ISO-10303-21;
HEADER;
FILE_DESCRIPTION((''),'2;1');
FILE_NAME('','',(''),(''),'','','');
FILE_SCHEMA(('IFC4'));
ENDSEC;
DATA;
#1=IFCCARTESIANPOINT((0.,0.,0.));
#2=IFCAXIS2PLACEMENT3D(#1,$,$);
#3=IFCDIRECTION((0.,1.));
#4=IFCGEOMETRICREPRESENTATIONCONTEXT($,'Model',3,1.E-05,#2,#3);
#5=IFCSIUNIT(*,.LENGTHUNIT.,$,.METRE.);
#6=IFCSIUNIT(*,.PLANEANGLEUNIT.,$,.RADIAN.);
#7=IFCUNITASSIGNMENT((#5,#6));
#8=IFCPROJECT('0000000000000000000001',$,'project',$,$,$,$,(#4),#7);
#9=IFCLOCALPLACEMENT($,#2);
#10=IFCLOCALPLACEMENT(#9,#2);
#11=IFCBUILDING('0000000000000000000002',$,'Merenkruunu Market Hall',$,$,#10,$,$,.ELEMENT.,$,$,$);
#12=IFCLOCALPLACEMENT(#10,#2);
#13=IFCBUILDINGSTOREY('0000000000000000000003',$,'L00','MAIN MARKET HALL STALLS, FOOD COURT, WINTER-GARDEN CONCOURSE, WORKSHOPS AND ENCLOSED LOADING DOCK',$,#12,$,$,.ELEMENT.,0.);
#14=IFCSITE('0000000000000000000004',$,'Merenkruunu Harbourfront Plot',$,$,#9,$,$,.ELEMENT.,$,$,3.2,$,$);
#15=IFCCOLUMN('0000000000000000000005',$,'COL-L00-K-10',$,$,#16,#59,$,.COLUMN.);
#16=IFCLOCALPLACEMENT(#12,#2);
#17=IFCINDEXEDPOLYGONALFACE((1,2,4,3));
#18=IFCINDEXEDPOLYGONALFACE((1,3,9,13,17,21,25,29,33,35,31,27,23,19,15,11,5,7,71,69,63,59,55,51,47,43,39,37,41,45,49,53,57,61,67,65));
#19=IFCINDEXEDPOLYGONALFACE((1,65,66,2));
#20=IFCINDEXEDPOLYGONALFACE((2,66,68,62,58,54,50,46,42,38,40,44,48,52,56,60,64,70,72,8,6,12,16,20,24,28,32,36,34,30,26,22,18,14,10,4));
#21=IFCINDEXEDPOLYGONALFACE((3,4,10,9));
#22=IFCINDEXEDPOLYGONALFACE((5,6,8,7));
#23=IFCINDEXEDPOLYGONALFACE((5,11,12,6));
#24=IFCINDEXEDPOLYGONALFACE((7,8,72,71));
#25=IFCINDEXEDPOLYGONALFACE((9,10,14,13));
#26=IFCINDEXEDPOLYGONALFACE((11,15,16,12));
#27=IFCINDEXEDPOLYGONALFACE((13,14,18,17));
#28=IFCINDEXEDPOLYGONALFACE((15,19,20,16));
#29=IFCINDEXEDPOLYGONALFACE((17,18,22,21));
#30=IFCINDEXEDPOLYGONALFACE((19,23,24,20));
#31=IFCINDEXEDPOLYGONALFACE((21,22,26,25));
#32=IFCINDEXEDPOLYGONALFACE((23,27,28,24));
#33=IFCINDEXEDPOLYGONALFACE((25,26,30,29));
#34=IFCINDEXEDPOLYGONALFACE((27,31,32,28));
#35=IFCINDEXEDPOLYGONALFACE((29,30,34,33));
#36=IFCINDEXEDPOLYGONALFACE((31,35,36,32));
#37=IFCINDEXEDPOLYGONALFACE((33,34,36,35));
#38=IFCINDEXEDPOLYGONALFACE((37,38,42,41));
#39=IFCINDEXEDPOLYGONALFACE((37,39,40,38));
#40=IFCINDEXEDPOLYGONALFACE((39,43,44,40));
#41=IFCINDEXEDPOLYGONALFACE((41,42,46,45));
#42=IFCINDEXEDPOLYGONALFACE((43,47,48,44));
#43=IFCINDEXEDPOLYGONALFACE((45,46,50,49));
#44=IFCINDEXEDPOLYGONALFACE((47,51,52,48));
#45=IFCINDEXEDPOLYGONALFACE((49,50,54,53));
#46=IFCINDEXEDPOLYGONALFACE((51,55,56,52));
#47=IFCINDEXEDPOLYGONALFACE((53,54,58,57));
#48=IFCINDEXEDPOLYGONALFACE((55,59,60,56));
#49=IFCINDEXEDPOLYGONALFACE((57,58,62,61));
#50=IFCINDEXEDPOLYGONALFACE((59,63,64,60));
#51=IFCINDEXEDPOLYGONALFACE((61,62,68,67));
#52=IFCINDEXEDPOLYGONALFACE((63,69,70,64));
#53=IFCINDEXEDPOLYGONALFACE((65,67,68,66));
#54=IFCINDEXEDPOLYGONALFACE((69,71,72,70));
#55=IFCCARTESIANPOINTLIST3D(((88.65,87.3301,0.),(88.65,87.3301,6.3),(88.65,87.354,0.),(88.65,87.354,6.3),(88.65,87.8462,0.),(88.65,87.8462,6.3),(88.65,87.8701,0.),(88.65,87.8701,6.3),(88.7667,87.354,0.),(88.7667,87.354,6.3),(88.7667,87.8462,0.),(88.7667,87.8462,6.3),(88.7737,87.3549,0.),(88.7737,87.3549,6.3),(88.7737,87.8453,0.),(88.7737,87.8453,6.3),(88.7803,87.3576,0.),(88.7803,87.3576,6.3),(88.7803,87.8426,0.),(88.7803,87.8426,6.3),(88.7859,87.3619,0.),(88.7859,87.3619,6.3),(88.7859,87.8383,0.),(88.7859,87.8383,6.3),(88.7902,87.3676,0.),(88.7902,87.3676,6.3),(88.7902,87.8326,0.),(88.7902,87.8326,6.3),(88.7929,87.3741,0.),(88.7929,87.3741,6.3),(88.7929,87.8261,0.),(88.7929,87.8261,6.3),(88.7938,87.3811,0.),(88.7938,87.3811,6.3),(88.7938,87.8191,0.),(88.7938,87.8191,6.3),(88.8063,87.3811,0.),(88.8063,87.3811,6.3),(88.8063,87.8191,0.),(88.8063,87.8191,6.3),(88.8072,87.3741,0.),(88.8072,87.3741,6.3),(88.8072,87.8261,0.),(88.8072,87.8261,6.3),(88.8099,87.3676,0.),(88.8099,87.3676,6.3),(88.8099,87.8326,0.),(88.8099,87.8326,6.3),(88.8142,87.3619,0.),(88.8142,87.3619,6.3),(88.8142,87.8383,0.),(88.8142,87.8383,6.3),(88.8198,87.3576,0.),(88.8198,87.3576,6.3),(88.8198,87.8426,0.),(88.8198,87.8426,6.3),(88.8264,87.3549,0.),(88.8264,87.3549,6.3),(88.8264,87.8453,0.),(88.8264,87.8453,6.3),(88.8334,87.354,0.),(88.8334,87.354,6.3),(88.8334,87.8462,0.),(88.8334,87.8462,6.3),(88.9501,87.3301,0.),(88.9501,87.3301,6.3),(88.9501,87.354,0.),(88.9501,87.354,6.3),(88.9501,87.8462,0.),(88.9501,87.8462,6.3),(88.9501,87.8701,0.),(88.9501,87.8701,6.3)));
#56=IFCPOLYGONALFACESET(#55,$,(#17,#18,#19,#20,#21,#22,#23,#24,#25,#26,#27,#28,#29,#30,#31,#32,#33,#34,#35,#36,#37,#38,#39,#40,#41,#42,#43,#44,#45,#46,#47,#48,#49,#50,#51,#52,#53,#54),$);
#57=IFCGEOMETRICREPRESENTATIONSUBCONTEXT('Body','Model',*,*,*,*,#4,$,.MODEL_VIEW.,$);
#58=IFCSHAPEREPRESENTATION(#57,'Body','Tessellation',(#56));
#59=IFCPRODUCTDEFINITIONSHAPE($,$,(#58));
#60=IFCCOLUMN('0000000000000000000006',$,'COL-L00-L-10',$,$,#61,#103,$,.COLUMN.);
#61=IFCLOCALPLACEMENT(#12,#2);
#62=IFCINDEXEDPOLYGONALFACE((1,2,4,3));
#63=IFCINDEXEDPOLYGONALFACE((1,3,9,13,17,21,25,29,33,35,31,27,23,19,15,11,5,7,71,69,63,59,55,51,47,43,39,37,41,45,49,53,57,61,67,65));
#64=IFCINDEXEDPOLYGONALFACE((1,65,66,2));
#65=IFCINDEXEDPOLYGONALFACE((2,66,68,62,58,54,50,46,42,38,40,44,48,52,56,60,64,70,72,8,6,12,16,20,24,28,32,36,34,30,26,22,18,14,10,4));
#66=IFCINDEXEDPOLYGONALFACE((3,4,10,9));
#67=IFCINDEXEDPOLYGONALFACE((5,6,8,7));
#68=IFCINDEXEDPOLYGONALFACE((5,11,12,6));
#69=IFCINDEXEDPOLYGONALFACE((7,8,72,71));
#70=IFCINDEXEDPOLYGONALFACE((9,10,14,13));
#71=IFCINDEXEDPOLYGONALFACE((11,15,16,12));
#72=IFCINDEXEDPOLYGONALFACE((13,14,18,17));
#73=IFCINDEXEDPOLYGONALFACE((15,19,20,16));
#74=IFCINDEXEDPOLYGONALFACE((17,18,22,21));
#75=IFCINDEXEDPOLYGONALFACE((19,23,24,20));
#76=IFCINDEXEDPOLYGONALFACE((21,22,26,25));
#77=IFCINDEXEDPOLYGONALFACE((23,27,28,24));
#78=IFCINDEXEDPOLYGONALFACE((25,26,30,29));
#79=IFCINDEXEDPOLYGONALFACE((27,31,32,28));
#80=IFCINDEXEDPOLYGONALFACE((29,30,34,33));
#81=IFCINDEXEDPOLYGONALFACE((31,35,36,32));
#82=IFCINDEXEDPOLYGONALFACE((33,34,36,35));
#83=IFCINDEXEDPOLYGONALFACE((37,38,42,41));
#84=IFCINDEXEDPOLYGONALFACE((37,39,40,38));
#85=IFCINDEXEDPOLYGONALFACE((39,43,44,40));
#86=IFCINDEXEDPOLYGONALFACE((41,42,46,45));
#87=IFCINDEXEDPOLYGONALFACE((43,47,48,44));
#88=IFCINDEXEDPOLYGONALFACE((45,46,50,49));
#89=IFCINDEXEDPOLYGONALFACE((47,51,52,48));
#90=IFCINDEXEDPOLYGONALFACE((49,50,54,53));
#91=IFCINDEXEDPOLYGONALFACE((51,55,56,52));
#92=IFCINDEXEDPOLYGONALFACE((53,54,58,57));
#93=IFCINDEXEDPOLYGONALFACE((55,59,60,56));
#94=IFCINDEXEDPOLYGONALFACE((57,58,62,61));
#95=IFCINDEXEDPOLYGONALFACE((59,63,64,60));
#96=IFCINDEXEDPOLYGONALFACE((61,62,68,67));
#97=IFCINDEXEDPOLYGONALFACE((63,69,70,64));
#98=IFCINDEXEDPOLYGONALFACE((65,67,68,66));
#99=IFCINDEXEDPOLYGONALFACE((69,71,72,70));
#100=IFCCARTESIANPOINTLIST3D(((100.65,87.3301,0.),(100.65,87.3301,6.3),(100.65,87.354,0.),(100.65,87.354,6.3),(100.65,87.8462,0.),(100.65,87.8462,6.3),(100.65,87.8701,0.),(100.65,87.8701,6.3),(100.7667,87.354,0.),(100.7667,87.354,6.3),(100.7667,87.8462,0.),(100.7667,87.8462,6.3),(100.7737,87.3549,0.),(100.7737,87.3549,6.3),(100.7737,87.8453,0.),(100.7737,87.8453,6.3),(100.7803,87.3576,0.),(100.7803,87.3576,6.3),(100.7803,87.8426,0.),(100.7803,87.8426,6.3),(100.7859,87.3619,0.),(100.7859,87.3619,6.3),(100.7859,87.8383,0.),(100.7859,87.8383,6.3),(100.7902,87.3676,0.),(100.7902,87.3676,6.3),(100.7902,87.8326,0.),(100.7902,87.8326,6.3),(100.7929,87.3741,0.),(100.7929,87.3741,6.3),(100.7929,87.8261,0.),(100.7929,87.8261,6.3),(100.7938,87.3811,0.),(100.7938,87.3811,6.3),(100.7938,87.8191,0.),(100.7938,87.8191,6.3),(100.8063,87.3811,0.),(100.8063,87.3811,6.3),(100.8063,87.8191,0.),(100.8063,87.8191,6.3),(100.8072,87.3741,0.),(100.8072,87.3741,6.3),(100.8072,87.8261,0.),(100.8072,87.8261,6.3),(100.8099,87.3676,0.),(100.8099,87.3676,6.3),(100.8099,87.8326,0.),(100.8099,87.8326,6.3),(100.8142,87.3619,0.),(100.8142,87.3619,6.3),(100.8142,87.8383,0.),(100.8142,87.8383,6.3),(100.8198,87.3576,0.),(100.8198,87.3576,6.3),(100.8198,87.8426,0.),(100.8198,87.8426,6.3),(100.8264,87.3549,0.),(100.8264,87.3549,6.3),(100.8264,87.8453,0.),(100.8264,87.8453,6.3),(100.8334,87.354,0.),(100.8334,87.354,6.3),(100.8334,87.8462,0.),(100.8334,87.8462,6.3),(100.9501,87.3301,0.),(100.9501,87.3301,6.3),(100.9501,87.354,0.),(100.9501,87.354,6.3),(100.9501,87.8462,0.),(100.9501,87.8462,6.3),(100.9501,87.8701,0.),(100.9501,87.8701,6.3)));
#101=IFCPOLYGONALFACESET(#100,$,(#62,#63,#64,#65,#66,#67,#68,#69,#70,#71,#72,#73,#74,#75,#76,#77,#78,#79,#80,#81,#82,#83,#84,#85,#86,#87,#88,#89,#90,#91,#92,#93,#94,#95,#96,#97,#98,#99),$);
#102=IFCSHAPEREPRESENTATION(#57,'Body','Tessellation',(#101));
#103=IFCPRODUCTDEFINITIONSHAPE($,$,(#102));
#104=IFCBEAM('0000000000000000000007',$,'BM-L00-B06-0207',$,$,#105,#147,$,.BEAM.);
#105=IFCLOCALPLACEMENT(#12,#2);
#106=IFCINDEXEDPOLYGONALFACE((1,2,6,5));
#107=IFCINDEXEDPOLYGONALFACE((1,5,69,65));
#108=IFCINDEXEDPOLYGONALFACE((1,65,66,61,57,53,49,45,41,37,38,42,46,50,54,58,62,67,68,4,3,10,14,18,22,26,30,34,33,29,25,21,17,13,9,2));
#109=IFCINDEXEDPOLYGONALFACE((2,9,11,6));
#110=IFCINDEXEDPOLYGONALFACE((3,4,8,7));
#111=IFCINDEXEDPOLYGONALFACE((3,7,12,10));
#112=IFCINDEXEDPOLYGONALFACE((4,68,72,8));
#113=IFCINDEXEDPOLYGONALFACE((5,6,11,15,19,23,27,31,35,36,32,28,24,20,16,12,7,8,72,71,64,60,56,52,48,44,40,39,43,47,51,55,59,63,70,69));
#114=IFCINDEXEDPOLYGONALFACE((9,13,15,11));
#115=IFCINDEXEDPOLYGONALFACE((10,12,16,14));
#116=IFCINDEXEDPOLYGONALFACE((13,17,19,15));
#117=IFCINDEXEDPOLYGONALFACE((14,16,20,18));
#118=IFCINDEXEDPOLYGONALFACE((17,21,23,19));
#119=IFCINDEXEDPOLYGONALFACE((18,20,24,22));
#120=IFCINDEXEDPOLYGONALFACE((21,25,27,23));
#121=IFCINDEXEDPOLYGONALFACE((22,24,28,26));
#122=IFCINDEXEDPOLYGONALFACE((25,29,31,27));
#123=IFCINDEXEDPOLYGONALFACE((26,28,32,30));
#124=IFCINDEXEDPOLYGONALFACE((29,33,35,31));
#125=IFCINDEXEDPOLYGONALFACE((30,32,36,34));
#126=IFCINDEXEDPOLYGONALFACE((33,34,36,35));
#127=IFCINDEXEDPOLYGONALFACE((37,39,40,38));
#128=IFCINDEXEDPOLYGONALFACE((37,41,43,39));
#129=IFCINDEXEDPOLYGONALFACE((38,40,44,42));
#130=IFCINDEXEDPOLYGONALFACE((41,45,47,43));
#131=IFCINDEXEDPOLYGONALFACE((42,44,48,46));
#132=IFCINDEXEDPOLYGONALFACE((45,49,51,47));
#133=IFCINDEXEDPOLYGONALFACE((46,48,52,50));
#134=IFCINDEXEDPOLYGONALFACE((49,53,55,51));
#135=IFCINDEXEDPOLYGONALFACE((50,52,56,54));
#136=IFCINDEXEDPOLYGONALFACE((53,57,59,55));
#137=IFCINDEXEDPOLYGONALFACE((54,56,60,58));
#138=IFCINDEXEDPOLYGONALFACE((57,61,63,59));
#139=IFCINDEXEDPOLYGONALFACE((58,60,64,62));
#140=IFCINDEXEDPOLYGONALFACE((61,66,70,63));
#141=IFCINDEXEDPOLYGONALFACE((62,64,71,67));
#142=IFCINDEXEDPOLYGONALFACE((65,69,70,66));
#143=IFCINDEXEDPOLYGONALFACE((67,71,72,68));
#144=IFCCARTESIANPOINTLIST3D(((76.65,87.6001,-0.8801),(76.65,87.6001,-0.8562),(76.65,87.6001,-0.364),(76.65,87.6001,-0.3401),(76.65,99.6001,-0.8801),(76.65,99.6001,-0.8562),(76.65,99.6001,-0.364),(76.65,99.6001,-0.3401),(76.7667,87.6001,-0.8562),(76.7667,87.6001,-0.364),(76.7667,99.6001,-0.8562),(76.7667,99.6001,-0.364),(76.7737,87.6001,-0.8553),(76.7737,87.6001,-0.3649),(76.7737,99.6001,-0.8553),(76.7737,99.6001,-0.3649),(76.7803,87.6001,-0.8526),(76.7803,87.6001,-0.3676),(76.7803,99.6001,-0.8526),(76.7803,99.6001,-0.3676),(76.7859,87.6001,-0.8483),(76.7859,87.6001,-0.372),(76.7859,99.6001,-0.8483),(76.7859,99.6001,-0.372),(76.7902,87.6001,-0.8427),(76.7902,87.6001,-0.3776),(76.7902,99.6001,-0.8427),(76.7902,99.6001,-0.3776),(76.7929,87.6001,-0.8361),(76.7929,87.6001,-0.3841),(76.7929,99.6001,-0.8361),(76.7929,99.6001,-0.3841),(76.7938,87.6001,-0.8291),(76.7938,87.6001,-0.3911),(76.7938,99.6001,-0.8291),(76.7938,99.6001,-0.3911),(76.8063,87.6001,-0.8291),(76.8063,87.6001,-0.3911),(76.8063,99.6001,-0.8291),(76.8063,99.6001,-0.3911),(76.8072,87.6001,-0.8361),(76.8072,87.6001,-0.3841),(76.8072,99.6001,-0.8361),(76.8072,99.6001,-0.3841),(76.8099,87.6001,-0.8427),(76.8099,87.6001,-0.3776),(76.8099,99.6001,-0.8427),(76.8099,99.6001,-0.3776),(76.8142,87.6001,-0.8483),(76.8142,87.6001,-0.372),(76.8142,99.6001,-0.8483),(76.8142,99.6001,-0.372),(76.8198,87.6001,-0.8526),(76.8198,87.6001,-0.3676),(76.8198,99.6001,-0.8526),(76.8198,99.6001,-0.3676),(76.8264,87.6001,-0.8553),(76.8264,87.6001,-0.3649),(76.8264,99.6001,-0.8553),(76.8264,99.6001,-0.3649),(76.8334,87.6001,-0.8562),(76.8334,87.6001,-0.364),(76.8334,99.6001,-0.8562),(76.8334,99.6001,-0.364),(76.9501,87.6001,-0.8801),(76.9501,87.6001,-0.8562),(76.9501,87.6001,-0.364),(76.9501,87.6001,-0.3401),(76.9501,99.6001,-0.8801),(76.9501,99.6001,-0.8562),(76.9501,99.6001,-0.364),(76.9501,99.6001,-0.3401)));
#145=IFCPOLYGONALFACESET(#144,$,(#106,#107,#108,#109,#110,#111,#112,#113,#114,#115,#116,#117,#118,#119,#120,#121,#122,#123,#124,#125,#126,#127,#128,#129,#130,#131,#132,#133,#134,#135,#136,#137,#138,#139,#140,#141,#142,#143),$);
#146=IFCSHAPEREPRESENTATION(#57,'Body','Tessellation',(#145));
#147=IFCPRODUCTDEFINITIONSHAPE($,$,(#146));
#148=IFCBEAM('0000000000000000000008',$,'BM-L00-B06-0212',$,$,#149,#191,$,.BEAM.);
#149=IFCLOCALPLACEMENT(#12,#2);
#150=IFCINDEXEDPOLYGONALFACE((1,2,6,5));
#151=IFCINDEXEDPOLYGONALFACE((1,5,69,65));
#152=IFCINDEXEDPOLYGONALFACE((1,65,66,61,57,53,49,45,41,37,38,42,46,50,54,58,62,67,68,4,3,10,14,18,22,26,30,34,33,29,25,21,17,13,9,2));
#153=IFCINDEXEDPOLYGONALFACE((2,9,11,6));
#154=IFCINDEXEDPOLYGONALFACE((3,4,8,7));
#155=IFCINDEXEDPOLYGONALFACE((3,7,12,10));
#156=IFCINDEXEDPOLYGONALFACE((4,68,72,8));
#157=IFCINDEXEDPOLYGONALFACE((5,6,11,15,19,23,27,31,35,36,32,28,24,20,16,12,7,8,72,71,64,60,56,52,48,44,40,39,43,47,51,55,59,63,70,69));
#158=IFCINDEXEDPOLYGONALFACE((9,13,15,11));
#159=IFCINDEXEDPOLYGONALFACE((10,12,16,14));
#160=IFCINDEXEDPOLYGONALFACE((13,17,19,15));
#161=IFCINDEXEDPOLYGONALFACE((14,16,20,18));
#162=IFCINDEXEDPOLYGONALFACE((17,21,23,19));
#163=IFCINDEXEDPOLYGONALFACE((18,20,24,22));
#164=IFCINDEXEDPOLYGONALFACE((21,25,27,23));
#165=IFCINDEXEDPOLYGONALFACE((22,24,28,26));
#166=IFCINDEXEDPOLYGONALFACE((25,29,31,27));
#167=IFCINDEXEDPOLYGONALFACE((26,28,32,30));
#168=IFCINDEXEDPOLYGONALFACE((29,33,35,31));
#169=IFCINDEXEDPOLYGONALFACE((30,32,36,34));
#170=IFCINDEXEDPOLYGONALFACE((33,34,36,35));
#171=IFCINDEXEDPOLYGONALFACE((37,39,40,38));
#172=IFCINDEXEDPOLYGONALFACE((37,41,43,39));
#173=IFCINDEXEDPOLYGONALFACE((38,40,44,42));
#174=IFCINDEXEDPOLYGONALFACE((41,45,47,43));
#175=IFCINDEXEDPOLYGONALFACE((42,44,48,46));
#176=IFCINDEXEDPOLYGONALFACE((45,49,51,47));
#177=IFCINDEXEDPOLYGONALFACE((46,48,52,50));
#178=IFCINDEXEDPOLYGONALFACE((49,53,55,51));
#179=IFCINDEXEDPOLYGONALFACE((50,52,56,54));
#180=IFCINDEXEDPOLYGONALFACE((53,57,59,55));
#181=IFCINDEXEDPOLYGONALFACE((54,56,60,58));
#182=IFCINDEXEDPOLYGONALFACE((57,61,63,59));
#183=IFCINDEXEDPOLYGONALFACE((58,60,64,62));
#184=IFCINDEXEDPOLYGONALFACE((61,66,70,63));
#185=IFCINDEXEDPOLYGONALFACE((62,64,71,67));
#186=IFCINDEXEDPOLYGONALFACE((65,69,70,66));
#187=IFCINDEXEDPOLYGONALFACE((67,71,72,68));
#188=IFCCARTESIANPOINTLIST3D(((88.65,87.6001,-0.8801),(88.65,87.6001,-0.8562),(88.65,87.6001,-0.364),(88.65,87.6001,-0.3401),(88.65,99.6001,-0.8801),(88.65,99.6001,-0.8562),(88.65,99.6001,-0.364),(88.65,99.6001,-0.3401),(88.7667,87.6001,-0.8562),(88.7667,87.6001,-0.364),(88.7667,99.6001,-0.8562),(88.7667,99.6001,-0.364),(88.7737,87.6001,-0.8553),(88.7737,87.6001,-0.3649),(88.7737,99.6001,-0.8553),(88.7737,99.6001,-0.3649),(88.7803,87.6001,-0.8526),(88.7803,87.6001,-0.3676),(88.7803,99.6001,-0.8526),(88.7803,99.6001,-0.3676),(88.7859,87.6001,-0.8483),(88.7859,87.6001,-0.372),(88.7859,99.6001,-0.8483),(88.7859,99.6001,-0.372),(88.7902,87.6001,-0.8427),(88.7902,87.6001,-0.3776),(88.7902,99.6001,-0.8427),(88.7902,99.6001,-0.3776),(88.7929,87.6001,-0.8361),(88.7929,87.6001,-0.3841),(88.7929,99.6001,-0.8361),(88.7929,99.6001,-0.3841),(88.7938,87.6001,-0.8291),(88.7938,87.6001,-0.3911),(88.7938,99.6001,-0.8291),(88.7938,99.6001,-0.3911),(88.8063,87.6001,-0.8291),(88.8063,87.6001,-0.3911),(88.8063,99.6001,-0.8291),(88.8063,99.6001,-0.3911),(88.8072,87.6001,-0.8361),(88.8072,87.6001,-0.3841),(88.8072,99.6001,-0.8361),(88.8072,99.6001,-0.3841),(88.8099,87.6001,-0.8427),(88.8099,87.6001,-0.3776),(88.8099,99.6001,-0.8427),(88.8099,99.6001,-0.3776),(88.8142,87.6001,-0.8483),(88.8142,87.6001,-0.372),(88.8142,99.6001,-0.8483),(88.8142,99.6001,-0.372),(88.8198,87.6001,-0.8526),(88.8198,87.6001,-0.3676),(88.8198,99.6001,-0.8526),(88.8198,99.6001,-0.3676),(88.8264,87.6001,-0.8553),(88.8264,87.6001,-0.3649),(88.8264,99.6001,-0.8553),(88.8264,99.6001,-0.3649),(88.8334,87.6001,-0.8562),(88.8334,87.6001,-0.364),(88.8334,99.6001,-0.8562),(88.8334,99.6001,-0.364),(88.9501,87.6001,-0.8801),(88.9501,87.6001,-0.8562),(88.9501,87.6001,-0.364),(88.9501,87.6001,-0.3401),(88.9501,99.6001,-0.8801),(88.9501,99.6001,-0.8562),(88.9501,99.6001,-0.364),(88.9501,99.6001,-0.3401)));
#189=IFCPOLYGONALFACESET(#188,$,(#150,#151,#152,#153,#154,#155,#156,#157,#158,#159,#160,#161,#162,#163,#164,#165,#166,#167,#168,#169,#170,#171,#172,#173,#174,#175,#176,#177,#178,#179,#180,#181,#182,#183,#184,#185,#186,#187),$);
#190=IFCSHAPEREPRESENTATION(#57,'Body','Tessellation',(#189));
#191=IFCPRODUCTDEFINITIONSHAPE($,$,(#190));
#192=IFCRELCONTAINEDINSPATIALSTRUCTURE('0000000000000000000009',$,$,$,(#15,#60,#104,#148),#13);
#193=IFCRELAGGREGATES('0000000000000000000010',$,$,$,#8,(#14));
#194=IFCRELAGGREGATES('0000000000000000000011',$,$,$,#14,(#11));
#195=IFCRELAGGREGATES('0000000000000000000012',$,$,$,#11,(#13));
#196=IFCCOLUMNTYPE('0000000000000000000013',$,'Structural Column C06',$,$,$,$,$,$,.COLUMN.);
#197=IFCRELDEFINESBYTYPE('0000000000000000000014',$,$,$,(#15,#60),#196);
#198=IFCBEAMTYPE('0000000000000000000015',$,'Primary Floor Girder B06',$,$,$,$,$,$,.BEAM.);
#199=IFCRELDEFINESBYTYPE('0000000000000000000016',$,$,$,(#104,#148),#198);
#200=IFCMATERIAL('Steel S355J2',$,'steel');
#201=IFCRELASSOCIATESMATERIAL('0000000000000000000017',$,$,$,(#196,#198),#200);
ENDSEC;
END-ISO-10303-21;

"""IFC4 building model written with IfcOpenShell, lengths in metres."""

from ifc_helpers import new_model, si_unit, direction, frame, origin, origin_2d, place, context, subcontext, project, spatial, i_section, extrude, material, material_profile, profile_set, type_object, element, save


model = new_model("IFC4")

# Units and contexts
model_context = context("Model", 3, precision=1e-05, world=origin(), true_north=direction((0.0, 1.0)))
body_context = subcontext(model_context, "Body", "Model", "MODEL_VIEW")
ifc_project = project(units=[si_unit("LENGTHUNIT", "METRE"), si_unit("PLANEANGLEUNIT", "RADIAN")], contexts=[model_context])

# Site, building, storey
site_placement = place(None, origin())
site = spatial("IfcSite", under=ifc_project, at=site_placement, Name="Merenkruunu Harbourfront Plot", CompositionType="ELEMENT", RefElevation=3.2)
building_placement = place(site_placement, origin())
building = spatial("IfcBuilding", under=site, at=building_placement, Name="Merenkruunu Market Hall", CompositionType="ELEMENT")
storey_placement = place(building_placement, origin())
storey = spatial("IfcBuildingStorey", under=building, at=storey_placement, Name="L00", Description="MAIN MARKET HALL STALLS, FOOD COURT, WINTER-GARDEN CONCOURSE, WORKSHOPS AND ENCLOSED LOADING DOCK", CompositionType="ELEMENT", Elevation=0.0)

# Columns
ifc_material_1 = material(Name="Steel S355J2", Category="steel")
ifc_material_profile_1 = material_profile(ifc_material_1, i_section(OverallWidth=0.3, OverallDepth=0.54, WebThickness=0.0125, FlangeThickness=0.0239, FilletRadius=0.0271, at=origin_2d()), Name="HEA 550")
ifc_profile_set_1 = profile_set([ifc_material_profile_1], Name="Steel S355J2")
column_type = type_object("IfcColumnType", Name="Structural Column C06", PredefinedType="COLUMN", material=ifc_profile_set_1)
for number, where, z_axis, x_axis, name in (
    (1, (88.8, 87.6001, 0.0), (0.0, 0.0, 1.0), (1.0, 0.0, 0.0), "COL-L00-K-10"),
    (2, (100.8, 87.6001, 0.0), (0.0, 0.0, 1.0), (1.0, 0.0, 0.0), "COL-L00-L-10"),
):
    element("IfcColumn", number, at=place(storey_placement, frame(where, z_axis=z_axis, x_axis=x_axis)), inside=storey, type_object=column_type, Name=name, PredefinedType="COLUMN", context=body_context, shape_type="SweptSolid", body=[
        extrude(i_section(OverallWidth=0.3, OverallDepth=0.54, WebThickness=0.0125, FlangeThickness=0.0239, FilletRadius=0.0271, at=origin_2d()), origin(), (0.0, 0.0, 1.0), 6.3),
    ])

# Beams
ifc_material_profile_2 = material_profile(ifc_material_1, i_section(OverallWidth=0.3, OverallDepth=0.54, WebThickness=0.0125, FlangeThickness=0.0239, FilletRadius=0.0271, at=origin_2d()), Name="HEA 550")
ifc_profile_set_2 = profile_set([ifc_material_profile_2], Name="Steel S355J2")
beam_type = type_object("IfcBeamType", Name="Primary Floor Girder B06", PredefinedType="BEAM", material=ifc_profile_set_2)
for number, where, z_axis, x_axis, name in (
    (3, (76.8, 87.6001, -0.6101), (0.0, 1.0, 0.0), (-1.0, 0.0, 0.0), "BM-L00-B06-0207"),
    (4, (88.8, 87.6001, -0.6101), (0.0, 1.0, 0.0), (-1.0, 0.0, 0.0), "BM-L00-B06-0212"),
):
    element("IfcBeam", number, at=place(storey_placement, frame(where, z_axis=z_axis, x_axis=x_axis)), inside=storey, type_object=beam_type, Name=name, PredefinedType="BEAM", context=body_context, shape_type="SweptSolid", body=[
        extrude(i_section(OverallWidth=0.3, OverallDepth=0.54, WebThickness=0.0125, FlangeThickness=0.0239, FilletRadius=0.0271, at=origin_2d()), origin(), (0.0, 0.0, 1.0), 12.0),
    ])

save(model, "model.ifc")
